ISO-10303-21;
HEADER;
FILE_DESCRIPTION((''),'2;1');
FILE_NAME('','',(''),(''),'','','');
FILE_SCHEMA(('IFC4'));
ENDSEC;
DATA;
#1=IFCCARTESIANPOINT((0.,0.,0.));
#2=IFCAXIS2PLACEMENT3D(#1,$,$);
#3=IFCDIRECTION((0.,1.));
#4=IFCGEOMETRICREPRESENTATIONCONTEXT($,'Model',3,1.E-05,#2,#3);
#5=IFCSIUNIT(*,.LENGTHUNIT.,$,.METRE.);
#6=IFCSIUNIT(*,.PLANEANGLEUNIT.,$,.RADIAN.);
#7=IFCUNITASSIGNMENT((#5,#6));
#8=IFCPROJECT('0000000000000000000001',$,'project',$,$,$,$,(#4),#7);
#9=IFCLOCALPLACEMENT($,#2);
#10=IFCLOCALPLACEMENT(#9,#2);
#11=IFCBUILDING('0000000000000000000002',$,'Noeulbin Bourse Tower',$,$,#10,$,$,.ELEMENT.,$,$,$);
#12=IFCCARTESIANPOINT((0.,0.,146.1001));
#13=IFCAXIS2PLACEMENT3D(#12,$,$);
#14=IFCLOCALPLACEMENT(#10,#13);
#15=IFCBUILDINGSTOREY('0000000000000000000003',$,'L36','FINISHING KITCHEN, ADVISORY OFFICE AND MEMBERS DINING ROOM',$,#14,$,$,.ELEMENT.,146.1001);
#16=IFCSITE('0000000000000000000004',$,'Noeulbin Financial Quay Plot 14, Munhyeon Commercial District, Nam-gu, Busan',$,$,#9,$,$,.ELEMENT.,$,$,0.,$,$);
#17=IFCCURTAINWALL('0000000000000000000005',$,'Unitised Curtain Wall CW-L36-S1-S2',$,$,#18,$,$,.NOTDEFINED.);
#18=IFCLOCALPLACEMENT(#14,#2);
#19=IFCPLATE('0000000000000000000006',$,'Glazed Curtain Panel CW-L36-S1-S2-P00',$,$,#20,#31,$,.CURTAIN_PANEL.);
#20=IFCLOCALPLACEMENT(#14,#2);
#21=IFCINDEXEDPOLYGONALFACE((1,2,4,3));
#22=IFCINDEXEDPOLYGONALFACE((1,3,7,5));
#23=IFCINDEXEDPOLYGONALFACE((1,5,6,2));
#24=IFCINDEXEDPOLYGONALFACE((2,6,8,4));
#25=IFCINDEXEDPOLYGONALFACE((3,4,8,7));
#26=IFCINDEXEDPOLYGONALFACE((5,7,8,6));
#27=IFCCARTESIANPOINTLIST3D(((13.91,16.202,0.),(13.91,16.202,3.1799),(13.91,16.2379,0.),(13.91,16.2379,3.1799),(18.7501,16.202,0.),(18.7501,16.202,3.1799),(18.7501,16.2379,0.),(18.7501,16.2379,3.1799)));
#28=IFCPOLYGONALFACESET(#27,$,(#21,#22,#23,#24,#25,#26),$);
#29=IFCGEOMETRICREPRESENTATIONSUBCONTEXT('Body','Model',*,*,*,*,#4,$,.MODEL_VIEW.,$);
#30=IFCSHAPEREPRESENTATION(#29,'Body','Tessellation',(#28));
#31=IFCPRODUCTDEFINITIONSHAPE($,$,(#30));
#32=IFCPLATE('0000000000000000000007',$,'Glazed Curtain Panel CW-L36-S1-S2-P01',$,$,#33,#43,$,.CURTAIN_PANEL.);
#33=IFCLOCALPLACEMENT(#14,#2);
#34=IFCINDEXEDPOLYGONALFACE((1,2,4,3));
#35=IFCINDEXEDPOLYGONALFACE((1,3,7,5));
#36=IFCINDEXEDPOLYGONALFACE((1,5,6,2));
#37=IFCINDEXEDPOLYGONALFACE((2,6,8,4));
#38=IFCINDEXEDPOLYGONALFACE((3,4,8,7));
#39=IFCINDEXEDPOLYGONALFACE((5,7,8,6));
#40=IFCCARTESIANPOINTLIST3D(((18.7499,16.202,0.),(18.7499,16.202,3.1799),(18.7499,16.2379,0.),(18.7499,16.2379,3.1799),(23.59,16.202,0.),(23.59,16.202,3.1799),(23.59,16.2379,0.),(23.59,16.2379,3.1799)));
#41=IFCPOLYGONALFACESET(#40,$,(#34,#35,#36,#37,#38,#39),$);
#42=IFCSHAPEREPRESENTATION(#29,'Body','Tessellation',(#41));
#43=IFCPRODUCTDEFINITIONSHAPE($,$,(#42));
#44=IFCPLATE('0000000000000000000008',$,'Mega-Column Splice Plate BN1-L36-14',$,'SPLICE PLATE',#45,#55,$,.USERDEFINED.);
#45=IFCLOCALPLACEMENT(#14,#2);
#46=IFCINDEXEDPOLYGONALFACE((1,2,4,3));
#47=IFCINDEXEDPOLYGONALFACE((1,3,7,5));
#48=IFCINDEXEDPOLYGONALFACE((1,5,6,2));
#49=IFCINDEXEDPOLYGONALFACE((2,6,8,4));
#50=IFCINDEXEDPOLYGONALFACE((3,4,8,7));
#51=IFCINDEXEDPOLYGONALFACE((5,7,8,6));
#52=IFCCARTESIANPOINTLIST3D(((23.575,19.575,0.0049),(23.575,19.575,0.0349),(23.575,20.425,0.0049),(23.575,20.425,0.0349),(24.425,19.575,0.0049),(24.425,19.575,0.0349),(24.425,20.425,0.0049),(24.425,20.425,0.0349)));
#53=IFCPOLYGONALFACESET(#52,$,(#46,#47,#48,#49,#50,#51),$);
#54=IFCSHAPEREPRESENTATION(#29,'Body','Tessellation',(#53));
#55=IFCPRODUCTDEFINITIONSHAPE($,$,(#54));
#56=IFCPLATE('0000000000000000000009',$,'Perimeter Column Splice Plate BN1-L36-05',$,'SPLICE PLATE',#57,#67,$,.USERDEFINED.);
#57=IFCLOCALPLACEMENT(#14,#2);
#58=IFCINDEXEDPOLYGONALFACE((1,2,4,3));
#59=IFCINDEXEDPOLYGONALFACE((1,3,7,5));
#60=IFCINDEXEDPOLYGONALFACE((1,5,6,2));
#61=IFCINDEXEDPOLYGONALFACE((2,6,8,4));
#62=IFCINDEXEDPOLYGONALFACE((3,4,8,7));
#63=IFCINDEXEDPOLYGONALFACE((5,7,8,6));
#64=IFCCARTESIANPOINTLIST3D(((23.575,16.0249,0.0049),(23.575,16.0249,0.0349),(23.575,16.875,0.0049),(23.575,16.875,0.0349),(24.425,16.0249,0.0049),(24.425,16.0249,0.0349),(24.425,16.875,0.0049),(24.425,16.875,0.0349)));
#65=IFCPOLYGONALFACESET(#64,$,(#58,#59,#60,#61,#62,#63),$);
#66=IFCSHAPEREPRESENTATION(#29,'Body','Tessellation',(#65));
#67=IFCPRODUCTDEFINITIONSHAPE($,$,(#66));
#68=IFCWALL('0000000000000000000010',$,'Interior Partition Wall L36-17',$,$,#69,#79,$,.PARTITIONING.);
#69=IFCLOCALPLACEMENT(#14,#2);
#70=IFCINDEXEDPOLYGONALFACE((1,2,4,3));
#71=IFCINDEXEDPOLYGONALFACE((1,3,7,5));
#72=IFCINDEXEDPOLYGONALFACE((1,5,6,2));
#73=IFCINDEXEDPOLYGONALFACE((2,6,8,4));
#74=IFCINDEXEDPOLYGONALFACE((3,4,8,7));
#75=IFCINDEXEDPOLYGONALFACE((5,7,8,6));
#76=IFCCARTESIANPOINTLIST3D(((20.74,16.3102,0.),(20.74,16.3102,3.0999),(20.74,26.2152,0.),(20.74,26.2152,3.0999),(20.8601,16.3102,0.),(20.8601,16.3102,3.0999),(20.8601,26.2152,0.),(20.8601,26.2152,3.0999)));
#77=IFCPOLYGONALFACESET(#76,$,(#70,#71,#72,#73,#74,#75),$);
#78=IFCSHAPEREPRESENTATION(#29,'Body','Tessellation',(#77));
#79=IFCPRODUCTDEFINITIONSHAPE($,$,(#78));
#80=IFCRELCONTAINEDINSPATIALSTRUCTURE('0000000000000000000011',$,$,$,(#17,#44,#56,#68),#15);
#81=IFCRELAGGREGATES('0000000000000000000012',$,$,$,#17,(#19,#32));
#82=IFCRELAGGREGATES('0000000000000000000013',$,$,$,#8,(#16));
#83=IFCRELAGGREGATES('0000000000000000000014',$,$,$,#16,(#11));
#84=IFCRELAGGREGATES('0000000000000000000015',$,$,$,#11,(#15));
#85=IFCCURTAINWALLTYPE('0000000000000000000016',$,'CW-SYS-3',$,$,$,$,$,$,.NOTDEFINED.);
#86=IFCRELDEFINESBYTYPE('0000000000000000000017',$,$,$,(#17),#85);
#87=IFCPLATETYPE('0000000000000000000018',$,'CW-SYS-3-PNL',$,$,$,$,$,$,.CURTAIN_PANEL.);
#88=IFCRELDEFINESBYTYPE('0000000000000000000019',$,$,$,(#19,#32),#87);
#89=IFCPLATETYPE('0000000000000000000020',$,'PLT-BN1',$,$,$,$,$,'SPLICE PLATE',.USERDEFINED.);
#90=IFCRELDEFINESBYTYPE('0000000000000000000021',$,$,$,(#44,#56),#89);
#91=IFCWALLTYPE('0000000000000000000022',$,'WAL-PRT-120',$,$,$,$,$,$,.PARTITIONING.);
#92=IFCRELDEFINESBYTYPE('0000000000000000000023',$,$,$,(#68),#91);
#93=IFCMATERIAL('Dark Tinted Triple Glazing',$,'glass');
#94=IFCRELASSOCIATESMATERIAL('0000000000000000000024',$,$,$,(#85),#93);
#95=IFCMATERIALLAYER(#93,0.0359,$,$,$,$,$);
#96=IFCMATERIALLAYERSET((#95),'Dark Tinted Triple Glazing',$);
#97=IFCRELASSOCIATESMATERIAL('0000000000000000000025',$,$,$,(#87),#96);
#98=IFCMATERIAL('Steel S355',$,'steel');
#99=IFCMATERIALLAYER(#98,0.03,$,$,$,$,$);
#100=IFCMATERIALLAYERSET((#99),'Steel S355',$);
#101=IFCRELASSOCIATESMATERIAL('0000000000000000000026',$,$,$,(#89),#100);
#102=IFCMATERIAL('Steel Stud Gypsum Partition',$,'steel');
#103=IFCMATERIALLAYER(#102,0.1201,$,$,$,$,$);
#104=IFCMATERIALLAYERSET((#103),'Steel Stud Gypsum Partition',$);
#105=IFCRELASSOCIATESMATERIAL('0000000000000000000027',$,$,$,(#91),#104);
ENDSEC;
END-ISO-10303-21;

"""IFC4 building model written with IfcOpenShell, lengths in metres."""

from ifc_helpers import new_model, si_unit, direction, frame, frame_2d, origin, origin_2d, place, context, subcontext, project, spatial, rectangle, extrude, material, layer, layer_set, type_object, element, aggregate, save


model = new_model("IFC4")

# Units and contexts
model_context = context("Model", 3, precision=1e-05, world=origin(), true_north=direction((0.0, 1.0)))
body_context = subcontext(model_context, "Body", "Model", "MODEL_VIEW")
ifc_project = project(units=[si_unit("LENGTHUNIT", "METRE"), si_unit("PLANEANGLEUNIT", "RADIAN")], contexts=[model_context])

# Site, building, storey
site_placement = place(None, origin())
site = spatial("IfcSite", under=ifc_project, at=site_placement, Name="Noeulbin Financial Quay Plot 14, Munhyeon Commercial District, Nam-gu, Busan", CompositionType="ELEMENT", RefElevation=0.0)
building_placement = place(site_placement, origin())
building = spatial("IfcBuilding", under=site, at=building_placement, Name="Noeulbin Bourse Tower", CompositionType="ELEMENT")
storey_placement = place(building_placement, frame((0.0, 0.0, 146.1001)))
storey = spatial("IfcBuildingStorey", under=building, at=storey_placement, Name="L36", Description="FINISHING KITCHEN, ADVISORY OFFICE AND MEMBERS DINING ROOM", CompositionType="ELEMENT", Elevation=146.1001)

# Shared definitions
ifc_material_1 = material(Name="Steel S355", Category="steel")

# Curtain wall, plates
ifc_material_2 = material(Name="Dark Tinted Triple Glazing", Category="glass")
curtain_wall_type = type_object("IfcCurtainWallType", Name="CW-SYS-3", PredefinedType="NOTDEFINED", material=ifc_material_2)
curtain_wall_placement = place(storey_placement, origin())
curtain_wall = element("IfcCurtainWall", 1, at=curtain_wall_placement, inside=storey, type_object=curtain_wall_type, Name="Unitised Curtain Wall CW-L36-S1-S2", PredefinedType="NOTDEFINED")
ifc_layer_1 = layer(ifc_material_2, 0.0359)
ifc_layer_set_1 = layer_set([ifc_layer_1], Name="Dark Tinted Triple Glazing")
plate_type_1 = type_object("IfcPlateType", Name="CW-SYS-3-PNL", PredefinedType="CURTAIN_PANEL", material=ifc_layer_set_1)
plate_1_placement = place(storey_placement, frame((16.3301, 16.22, 0.0), z_axis=(0.0, 0.0, 1.0), x_axis=(1.0, 0.0, 0.0)))
plate_1 = element("IfcPlate", 2, at=plate_1_placement, type_object=plate_type_1, Name="Glazed Curtain Panel CW-L36-S1-S2-P00", PredefinedType="CURTAIN_PANEL", context=body_context, shape_type="SweptSolid", body=[
    extrude(rectangle(XDim=4.8401, YDim=0.0359, at=origin_2d()), origin(), (0.0, 0.0, 1.0), 3.1799),
])
plate_2_placement = place(storey_placement, frame((21.1699, 16.22, 0.0), z_axis=(0.0, 0.0, 1.0), x_axis=(1.0, 0.0, 0.0)))
plate_2 = element("IfcPlate", 3, at=plate_2_placement, type_object=plate_type_1, Name="Glazed Curtain Panel CW-L36-S1-S2-P01", PredefinedType="CURTAIN_PANEL", context=body_context, shape_type="SweptSolid", body=[
    extrude(rectangle(XDim=4.8401, YDim=0.0359, at=origin_2d()), origin(), (0.0, 0.0, 1.0), 3.1799),
])
aggregate(curtain_wall, [plate_1, plate_2])

# Plates
ifc_layer_2 = layer(ifc_material_1, 0.03)
ifc_layer_set_2 = layer_set([ifc_layer_2], Name="Steel S355")
plate_type_2 = type_object("IfcPlateType", Name="PLT-BN1", ElementType="SPLICE PLATE", PredefinedType="USERDEFINED", material=ifc_layer_set_2)
for number, where, z_axis, x_axis, name in (
    (4, (24.0, 20.0, 0.0049), (0.0, 0.0, 1.0), (1.0, 0.0, 0.0), "Mega-Column Splice Plate BN1-L36-14"),
    (5, (24.0, 16.45, 0.0049), (0.0, 0.0, 1.0), (1.0, 0.0, 0.0), "Perimeter Column Splice Plate BN1-L36-05"),
):
    element("IfcPlate", number, at=place(storey_placement, frame(where, z_axis=z_axis, x_axis=x_axis)), inside=storey, type_object=plate_type_2, Name=name, ObjectType="SPLICE PLATE", PredefinedType="USERDEFINED", context=body_context, shape_type="SweptSolid", body=[
        extrude(rectangle(XDim=0.8501, YDim=0.8501, at=origin_2d()), origin(), (0.0, 0.0, 1.0), 0.03),
    ])

# Wall
ifc_material_3 = material(Name="Steel Stud Gypsum Partition", Category="steel")
ifc_layer_3 = layer(ifc_material_3, 0.1201)
ifc_layer_set_3 = layer_set([ifc_layer_3], Name="Steel Stud Gypsum Partition")
wall_type = type_object("IfcWallType", Name="WAL-PRT-120", PredefinedType="PARTITIONING", material=ifc_layer_set_3)
wall_placement = place(storey_placement, frame((20.8, 16.3101, 0.0), z_axis=(0.0, 0.0, 1.0), x_axis=(0.0, 1.0, 0.0)))
element("IfcWall", 6, at=wall_placement, inside=storey, type_object=wall_type, Name="Interior Partition Wall L36-17", PredefinedType="PARTITIONING", context=body_context, shape_type="SweptSolid", body=[
    extrude(rectangle(XDim=9.905, YDim=0.1201, at=frame_2d((4.9526, 0.0))), origin(), (0.0, 0.0, 1.0), 3.0999),
])

save(model, "model.ifc")
